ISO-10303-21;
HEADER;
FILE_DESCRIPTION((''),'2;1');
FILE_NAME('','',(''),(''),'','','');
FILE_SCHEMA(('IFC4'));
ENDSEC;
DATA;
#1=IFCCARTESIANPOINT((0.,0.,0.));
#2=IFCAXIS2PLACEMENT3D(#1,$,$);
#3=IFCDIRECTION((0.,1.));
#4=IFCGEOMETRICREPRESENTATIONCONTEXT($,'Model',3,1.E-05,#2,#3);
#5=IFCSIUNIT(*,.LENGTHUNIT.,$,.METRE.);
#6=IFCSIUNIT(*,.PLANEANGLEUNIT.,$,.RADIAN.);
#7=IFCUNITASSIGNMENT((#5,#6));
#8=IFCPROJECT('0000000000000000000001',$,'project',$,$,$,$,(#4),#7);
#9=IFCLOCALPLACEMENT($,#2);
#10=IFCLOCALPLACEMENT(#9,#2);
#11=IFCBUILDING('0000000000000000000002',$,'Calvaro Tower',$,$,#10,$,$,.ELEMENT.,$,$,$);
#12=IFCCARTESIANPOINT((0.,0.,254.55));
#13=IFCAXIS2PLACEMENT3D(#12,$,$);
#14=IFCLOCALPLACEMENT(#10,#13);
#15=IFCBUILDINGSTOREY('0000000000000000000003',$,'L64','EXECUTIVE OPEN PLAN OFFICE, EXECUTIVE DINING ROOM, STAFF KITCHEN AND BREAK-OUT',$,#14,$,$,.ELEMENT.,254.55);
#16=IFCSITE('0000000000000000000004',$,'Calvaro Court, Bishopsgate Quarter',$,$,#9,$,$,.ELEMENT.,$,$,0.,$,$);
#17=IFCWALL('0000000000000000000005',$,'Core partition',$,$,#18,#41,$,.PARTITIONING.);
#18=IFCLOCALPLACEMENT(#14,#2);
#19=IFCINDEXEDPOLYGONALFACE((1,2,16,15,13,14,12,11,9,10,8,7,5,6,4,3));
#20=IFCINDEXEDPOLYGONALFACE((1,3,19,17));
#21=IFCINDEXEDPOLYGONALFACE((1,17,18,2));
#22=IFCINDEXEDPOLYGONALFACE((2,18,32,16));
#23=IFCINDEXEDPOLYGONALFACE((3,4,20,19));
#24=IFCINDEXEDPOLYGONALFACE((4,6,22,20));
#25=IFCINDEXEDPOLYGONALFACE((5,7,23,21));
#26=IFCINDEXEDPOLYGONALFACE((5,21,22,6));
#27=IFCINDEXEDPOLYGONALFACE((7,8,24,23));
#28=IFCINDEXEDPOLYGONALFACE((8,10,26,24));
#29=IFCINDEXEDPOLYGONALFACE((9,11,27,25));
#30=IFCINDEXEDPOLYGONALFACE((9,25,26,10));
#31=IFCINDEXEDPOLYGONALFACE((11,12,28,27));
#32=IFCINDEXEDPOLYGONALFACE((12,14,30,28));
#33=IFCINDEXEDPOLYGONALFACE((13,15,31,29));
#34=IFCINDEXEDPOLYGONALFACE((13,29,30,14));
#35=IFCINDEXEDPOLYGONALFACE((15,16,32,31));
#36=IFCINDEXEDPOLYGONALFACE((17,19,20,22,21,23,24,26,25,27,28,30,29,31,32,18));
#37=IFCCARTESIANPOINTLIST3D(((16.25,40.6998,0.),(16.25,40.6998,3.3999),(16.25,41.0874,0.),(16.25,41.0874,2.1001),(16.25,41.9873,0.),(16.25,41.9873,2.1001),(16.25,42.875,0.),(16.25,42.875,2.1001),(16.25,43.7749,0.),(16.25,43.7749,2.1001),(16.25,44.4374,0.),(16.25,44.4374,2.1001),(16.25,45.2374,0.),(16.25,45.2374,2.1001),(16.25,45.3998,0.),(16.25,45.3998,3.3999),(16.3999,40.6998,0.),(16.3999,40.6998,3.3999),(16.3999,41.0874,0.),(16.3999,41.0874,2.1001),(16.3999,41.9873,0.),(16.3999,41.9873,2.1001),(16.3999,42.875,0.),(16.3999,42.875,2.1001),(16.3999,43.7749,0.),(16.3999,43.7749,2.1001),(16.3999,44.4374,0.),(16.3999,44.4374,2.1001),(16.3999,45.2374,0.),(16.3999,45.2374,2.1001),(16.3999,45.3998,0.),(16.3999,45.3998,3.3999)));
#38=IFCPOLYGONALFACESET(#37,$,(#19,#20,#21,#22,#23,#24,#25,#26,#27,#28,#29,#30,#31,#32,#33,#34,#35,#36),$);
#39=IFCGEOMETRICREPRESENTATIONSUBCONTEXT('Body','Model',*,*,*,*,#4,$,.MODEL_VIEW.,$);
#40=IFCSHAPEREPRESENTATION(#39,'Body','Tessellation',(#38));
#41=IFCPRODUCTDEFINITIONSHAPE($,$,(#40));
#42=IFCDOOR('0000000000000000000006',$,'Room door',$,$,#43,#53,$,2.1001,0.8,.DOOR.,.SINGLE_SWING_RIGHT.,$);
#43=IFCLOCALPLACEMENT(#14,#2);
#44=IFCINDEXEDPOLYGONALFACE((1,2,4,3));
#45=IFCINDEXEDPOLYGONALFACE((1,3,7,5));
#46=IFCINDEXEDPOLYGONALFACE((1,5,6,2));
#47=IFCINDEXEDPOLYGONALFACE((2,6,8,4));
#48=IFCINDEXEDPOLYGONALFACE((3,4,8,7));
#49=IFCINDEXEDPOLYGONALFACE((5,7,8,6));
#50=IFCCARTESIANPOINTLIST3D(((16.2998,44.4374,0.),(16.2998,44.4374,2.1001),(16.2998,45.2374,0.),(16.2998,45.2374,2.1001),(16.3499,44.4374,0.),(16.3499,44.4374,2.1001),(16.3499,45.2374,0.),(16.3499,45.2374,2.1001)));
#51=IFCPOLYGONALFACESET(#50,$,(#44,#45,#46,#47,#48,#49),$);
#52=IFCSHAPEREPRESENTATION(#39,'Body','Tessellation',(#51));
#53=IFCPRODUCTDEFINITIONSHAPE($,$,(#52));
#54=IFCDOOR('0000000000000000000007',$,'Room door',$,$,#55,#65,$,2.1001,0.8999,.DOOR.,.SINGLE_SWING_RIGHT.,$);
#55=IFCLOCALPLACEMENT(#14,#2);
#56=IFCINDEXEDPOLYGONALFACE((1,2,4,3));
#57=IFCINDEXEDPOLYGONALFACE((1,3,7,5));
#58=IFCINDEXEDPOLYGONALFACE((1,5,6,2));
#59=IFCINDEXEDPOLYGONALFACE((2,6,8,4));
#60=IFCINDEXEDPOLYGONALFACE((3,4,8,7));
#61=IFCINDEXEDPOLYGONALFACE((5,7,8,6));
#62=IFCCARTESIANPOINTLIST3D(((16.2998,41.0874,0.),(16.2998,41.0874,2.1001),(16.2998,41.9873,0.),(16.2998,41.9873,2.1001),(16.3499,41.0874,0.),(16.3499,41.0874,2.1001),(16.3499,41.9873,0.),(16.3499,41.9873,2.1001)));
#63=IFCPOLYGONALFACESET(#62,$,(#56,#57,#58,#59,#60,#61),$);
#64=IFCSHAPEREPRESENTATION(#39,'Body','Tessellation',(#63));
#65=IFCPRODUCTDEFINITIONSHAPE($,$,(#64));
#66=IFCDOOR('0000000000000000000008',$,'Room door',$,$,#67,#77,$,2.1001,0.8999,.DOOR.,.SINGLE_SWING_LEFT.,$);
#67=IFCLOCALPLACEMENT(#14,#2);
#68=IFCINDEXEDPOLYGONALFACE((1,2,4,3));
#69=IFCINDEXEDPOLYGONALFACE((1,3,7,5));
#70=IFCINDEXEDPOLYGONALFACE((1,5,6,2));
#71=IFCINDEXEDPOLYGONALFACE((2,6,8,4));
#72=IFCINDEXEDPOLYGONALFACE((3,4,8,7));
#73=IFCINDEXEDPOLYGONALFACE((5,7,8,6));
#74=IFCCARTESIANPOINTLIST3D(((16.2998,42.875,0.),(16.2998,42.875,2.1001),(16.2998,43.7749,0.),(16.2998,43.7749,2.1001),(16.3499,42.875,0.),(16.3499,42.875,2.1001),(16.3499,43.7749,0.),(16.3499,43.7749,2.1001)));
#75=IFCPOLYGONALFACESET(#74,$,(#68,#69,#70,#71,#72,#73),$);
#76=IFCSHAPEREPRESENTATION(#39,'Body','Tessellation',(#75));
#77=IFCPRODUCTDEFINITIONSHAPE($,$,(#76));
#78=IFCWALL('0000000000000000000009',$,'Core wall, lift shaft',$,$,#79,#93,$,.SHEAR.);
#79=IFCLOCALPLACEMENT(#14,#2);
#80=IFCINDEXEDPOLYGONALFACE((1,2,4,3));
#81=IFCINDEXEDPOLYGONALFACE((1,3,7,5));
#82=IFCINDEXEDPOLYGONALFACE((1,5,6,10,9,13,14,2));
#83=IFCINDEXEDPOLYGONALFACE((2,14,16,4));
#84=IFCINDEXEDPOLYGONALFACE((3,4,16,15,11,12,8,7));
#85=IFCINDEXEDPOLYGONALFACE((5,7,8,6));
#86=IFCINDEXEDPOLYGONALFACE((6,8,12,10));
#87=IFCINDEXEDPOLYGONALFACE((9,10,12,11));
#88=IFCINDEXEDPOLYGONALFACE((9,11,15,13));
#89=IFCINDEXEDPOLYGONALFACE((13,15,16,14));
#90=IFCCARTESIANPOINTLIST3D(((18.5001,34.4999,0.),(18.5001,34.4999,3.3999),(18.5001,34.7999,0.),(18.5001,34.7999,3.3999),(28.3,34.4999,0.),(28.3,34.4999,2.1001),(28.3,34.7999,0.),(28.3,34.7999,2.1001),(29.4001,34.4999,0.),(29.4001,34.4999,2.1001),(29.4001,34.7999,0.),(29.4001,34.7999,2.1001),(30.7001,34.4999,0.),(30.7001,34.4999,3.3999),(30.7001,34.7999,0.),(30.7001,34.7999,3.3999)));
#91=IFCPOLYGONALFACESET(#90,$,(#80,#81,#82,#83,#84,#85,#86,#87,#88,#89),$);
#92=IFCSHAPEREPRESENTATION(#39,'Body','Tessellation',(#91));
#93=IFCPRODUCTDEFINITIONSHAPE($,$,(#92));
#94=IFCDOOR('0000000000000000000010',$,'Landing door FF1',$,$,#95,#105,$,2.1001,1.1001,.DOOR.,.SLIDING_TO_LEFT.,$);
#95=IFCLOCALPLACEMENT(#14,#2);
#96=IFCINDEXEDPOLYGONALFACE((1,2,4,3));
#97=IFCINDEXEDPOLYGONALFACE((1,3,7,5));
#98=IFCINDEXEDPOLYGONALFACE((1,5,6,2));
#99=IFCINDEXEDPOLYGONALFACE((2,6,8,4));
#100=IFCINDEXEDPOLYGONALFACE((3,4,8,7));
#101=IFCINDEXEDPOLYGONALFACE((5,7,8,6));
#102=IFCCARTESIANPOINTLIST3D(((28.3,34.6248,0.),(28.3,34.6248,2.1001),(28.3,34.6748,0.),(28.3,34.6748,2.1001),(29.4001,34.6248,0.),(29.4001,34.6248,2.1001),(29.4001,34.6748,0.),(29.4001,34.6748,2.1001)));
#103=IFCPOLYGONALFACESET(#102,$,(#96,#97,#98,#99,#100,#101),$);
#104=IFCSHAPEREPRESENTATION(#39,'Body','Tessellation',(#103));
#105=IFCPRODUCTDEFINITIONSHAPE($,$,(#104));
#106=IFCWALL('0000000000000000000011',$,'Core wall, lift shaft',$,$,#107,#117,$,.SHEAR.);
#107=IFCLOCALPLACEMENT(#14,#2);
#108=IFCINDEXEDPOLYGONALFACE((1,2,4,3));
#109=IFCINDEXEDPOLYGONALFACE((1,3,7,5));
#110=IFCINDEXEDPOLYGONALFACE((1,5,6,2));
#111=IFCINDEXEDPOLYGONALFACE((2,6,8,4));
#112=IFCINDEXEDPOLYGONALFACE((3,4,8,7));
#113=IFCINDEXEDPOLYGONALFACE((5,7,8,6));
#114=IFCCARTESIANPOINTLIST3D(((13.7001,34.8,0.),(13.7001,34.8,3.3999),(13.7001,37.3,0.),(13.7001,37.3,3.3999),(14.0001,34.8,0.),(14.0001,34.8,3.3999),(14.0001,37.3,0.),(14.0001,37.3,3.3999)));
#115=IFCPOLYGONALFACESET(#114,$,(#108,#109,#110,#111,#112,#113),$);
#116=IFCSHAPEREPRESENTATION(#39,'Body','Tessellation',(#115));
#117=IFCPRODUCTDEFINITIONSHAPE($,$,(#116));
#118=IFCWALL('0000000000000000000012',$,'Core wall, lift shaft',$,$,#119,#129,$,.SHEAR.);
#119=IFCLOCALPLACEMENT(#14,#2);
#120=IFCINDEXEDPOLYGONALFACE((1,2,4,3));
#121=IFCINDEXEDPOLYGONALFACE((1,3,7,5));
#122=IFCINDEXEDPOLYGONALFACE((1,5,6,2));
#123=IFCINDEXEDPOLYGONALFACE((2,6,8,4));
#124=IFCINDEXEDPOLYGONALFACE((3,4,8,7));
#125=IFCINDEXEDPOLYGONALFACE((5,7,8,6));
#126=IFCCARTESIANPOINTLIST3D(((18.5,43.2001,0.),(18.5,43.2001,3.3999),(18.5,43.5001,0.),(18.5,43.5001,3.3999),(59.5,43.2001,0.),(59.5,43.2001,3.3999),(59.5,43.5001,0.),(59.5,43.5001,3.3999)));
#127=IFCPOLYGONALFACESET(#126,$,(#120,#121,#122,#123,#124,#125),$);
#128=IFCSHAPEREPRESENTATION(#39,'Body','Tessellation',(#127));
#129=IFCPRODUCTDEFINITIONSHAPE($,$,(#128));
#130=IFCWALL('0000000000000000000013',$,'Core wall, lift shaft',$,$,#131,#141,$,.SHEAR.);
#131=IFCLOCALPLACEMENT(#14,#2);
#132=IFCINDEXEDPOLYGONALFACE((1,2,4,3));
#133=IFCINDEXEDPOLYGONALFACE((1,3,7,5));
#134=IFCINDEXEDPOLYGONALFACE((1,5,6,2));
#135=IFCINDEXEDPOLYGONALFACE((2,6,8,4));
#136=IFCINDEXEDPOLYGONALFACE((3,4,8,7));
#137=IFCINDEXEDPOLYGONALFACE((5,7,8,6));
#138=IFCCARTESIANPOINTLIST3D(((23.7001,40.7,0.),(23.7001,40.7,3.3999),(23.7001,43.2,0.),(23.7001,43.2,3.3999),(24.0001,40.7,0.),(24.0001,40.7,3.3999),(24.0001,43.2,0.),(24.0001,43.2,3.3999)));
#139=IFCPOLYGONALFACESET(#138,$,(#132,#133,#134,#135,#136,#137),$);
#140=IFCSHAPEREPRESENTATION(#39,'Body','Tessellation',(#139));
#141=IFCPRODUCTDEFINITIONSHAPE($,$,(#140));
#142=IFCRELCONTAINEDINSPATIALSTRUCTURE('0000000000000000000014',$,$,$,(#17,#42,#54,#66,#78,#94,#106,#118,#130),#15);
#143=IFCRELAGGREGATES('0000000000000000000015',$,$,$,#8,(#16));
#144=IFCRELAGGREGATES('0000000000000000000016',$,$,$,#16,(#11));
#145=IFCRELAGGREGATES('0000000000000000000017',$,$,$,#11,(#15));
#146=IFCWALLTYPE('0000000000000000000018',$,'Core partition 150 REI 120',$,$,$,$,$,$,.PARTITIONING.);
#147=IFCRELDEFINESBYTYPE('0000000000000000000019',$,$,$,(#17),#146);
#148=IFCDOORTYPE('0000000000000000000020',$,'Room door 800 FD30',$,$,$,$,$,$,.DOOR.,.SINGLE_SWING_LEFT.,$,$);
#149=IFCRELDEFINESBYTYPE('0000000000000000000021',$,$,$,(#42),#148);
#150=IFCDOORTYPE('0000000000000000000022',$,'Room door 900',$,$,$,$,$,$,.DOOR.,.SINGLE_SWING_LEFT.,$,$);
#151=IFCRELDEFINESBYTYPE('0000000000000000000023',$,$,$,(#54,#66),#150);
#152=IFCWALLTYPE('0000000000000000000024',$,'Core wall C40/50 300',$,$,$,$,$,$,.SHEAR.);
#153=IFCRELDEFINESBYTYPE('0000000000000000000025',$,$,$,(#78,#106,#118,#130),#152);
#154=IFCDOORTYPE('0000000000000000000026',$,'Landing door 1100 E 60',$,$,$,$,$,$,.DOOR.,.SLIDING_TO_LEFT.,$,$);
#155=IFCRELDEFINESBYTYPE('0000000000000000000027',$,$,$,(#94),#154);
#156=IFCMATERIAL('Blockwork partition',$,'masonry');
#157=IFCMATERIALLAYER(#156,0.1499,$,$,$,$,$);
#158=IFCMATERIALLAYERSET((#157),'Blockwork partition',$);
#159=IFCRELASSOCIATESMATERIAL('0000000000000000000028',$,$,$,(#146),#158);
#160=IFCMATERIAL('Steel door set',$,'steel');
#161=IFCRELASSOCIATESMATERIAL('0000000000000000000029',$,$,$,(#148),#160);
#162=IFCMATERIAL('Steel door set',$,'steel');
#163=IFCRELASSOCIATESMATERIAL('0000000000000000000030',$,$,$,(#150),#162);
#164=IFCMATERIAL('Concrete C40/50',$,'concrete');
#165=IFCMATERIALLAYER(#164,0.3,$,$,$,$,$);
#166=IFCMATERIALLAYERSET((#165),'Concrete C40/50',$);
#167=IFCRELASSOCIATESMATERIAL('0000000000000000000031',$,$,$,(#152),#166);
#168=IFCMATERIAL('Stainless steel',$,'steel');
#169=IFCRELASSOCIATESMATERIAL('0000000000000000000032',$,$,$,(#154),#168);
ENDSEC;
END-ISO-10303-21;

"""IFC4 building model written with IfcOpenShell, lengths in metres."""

from ifc_helpers import new_model, si_unit, direction, frame, frame_2d, origin, place, context, subcontext, project, spatial, rectangle, extrude, material, layer, layer_set, type_object, element, fill, save


model = new_model("IFC4")

# Units and contexts
model_context = context("Model", 3, precision=1e-05, world=origin(), true_north=direction((0.0, 1.0)))
body_context = subcontext(model_context, "Body", "Model", "MODEL_VIEW")
ifc_project = project(units=[si_unit("LENGTHUNIT", "METRE"), si_unit("PLANEANGLEUNIT", "RADIAN")], contexts=[model_context])

# Site, building, storey
site_placement = place(None, origin())
site = spatial("IfcSite", under=ifc_project, at=site_placement, Name="Calvaro Court, Bishopsgate Quarter", CompositionType="ELEMENT", RefElevation=0.0)
building_placement = place(site_placement, origin())
building = spatial("IfcBuilding", under=site, at=building_placement, Name="Calvaro Tower", CompositionType="ELEMENT")
storey_placement = place(building_placement, frame((0.0, 0.0, 254.55)))
storey = spatial("IfcBuildingStorey", under=building, at=storey_placement, Name="L64", Description="EXECUTIVE OPEN PLAN OFFICE, EXECUTIVE DINING ROOM, STAFF KITCHEN AND BREAK-OUT", CompositionType="ELEMENT", Elevation=254.55)

# Wall, openings, doors
ifc_material_1 = material(Name="Blockwork partition", Category="masonry")
ifc_layer_1 = layer(ifc_material_1, 0.1499)
ifc_layer_set_1 = layer_set([ifc_layer_1], Name="Blockwork partition")
wall_type_1 = type_object("IfcWallType", Name="Core partition 150 REI 120", PredefinedType="PARTITIONING", material=ifc_layer_set_1)
wall_1_placement = place(storey_placement, frame((16.325, 45.3999, 0.0), z_axis=(0.0, 0.0, 1.0), x_axis=(0.0, -1.0, 0.0)))
wall_1 = element("IfcWall", 1, at=wall_1_placement, inside=storey, type_object=wall_type_1, Name="Core partition", PredefinedType="PARTITIONING", context=body_context, shape_type="SweptSolid", body=[
    extrude(rectangle(XDim=4.7, YDim=0.1499, at=frame_2d((2.3501, 0.0))), origin(), (0.0, 0.0, 1.0), 3.3999),
])
opening_1_placement = place(wall_1_placement, frame((3.4126, 0.0, 0.0)))
opening_1 = element("IfcOpeningElement", 2, at=opening_1_placement, cuts=wall_1, PredefinedType="OPENING", context=body_context, shape_type="SweptSolid", body=[
    extrude(rectangle(XDim=0.8999, YDim=2.1001, at=frame_2d((0.45, 1.05))), frame((0.0, 0.085, 0.0), z_axis=(0.0, -1.0, 0.0), x_axis=(1.0, 0.0, 0.0)), (0.0, 0.0, 1.0), 0.1699),
])
opening_2_placement = place(wall_1_placement, frame((1.625, 0.0, 0.0)))
opening_2 = element("IfcOpeningElement", 3, at=opening_2_placement, cuts=wall_1, PredefinedType="OPENING", context=body_context, shape_type="SweptSolid", body=[
    extrude(rectangle(XDim=0.8999, YDim=2.1001, at=frame_2d((0.45, 1.05))), frame((0.0, 0.085, 0.0), z_axis=(0.0, -1.0, 0.0), x_axis=(1.0, 0.0, 0.0)), (0.0, 0.0, 1.0), 0.1699),
])
opening_3_placement = place(wall_1_placement, frame((0.1626, 0.0, 0.0)))
opening_3 = element("IfcOpeningElement", 4, at=opening_3_placement, cuts=wall_1, PredefinedType="OPENING", context=body_context, shape_type="SweptSolid", body=[
    extrude(rectangle(XDim=0.8, YDim=2.1001, at=frame_2d((0.3999, 1.05))), frame((0.0, 0.085, 0.0), z_axis=(0.0, -1.0, 0.0), x_axis=(1.0, 0.0, 0.0)), (0.0, 0.0, 1.0), 0.1699),
])
ifc_material_2 = material(Name="Steel door set", Category="steel")
door_type_1 = type_object("IfcDoorType", Name="Room door 800 FD30", OperationType="SINGLE_SWING_LEFT", PredefinedType="DOOR", material=ifc_material_2)
door_1_placement = place(opening_3_placement, origin())
door_1 = element("IfcDoor", 5, at=door_1_placement, inside=storey, type_object=door_type_1, Name="Room door", OperationType="SINGLE_SWING_RIGHT", OverallHeight=2.1001, OverallWidth=0.8, PredefinedType="DOOR", context=body_context, shape_type="SweptSolid", body=[
    extrude(rectangle(XDim=0.8, YDim=2.1001, at=frame_2d((0.3999, 1.05))), frame((0.0, 0.0249, 0.0), z_axis=(0.0, -1.0, 0.0), x_axis=(1.0, 0.0, 0.0)), (0.0, 0.0, 1.0), 0.05),
])
fill(opening_3, door_1)
ifc_material_3 = material(Name="Steel door set", Category="steel")
door_type_2 = type_object("IfcDoorType", Name="Room door 900", OperationType="SINGLE_SWING_LEFT", PredefinedType="DOOR", material=ifc_material_3)
door_2_placement = place(opening_1_placement, origin())
door_2 = element("IfcDoor", 6, at=door_2_placement, inside=storey, type_object=door_type_2, Name="Room door", OperationType="SINGLE_SWING_RIGHT", OverallHeight=2.1001, OverallWidth=0.8999, PredefinedType="DOOR", context=body_context, shape_type="SweptSolid", body=[
    extrude(rectangle(XDim=0.8999, YDim=2.1001, at=frame_2d((0.45, 1.05))), frame((0.0, 0.0249, 0.0), z_axis=(0.0, -1.0, 0.0), x_axis=(1.0, 0.0, 0.0)), (0.0, 0.0, 1.0), 0.05),
])
fill(opening_1, door_2)
door_3_placement = place(opening_2_placement, origin())
door_3 = element("IfcDoor", 7, at=door_3_placement, inside=storey, type_object=door_type_2, Name="Room door", OperationType="SINGLE_SWING_LEFT", OverallHeight=2.1001, OverallWidth=0.8999, PredefinedType="DOOR", context=body_context, shape_type="SweptSolid", body=[
    extrude(rectangle(XDim=0.8999, YDim=2.1001, at=frame_2d((0.45, 1.05))), frame((0.0, 0.0249, 0.0), z_axis=(0.0, -1.0, 0.0), x_axis=(1.0, 0.0, 0.0)), (0.0, 0.0, 1.0), 0.05),
])
fill(opening_2, door_3)

# Wall, opening, door
ifc_material_4 = material(Name="Concrete C40/50", Category="concrete")
ifc_layer_2 = layer(ifc_material_4, 0.3)
ifc_layer_set_2 = layer_set([ifc_layer_2], Name="Concrete C40/50")
wall_type_2 = type_object("IfcWallType", Name="Core wall C40/50 300", PredefinedType="SHEAR", material=ifc_layer_set_2)
wall_2_placement = place(storey_placement, frame((18.5, 34.6499, 0.0), z_axis=(0.0, 0.0, 1.0), x_axis=(1.0, 0.0, 0.0)))
wall_2 = element("IfcWall", 8, at=wall_2_placement, inside=storey, type_object=wall_type_2, Name="Core wall, lift shaft", PredefinedType="SHEAR", context=body_context, shape_type="SweptSolid", body=[
    extrude(rectangle(XDim=12.2, YDim=0.3, at=frame_2d((6.1001, 0.0))), origin(), (0.0, 0.0, 1.0), 3.3999),
])
opening_4_placement = place(wall_2_placement, frame((9.8, 0.0, 0.0)))
opening_4 = element("IfcOpeningElement", 9, at=opening_4_placement, cuts=wall_2, PredefinedType="OPENING", context=body_context, shape_type="SweptSolid", body=[
    extrude(rectangle(XDim=1.1001, YDim=2.1001, at=frame_2d((0.55, 1.05))), frame((0.0, 0.1599, 0.0), z_axis=(0.0, -1.0, 0.0), x_axis=(1.0, 0.0, 0.0)), (0.0, 0.0, 1.0), 0.3201),
])
ifc_material_5 = material(Name="Stainless steel", Category="steel")
door_type_3 = type_object("IfcDoorType", Name="Landing door 1100 E 60", OperationType="SLIDING_TO_LEFT", PredefinedType="DOOR", material=ifc_material_5)
door_4_placement = place(opening_4_placement, origin())
door_4 = element("IfcDoor", 10, at=door_4_placement, inside=storey, type_object=door_type_3, Name="Landing door FF1", OperationType="SLIDING_TO_LEFT", OverallHeight=2.1001, OverallWidth=1.1001, PredefinedType="DOOR", context=body_context, shape_type="SweptSolid", body=[
    extrude(rectangle(XDim=1.1001, YDim=2.1001, at=frame_2d((0.55, 1.05))), frame((0.0, 0.0249, 0.0), z_axis=(0.0, -1.0, 0.0), x_axis=(1.0, 0.0, 0.0)), (0.0, 0.0, 1.0), 0.05),
])
fill(opening_4, door_4)

# Wall
wall_3_placement = place(storey_placement, frame((13.8501, 34.8, 0.0), z_axis=(0.0, 0.0, 1.0), x_axis=(0.0, 1.0, 0.0)))
element("IfcWall", 11, at=wall_3_placement, inside=storey, type_object=wall_type_2, Name="Core wall, lift shaft", PredefinedType="SHEAR", context=body_context, shape_type="SweptSolid", body=[
    extrude(rectangle(XDim=2.5, YDim=0.3, at=frame_2d((1.25, 0.0))), origin(), (0.0, 0.0, 1.0), 3.3999),
])

# Walls
wall_4_placement = place(storey_placement, frame((18.5, 43.3501, 0.0), z_axis=(0.0, 0.0, 1.0), x_axis=(1.0, 0.0, 0.0)))
element("IfcWall", 12, at=wall_4_placement, inside=storey, type_object=wall_type_2, Name="Core wall, lift shaft", PredefinedType="SHEAR", context=body_context, shape_type="SweptSolid", body=[
    extrude(rectangle(XDim=41.0, YDim=0.3, at=frame_2d((20.5, 0.0))), origin(), (0.0, 0.0, 1.0), 3.3999),
])
wall_5_placement = place(storey_placement, frame((23.8501, 40.7, 0.0), z_axis=(0.0, 0.0, 1.0), x_axis=(0.0, 1.0, 0.0)))
element("IfcWall", 13, at=wall_5_placement, inside=storey, type_object=wall_type_2, Name="Core wall, lift shaft", PredefinedType="SHEAR", context=body_context, shape_type="SweptSolid", body=[
    extrude(rectangle(XDim=2.5, YDim=0.3, at=frame_2d((1.25, 0.0))), origin(), (0.0, 0.0, 1.0), 3.3999),
])

save(model, "model.ifc")
